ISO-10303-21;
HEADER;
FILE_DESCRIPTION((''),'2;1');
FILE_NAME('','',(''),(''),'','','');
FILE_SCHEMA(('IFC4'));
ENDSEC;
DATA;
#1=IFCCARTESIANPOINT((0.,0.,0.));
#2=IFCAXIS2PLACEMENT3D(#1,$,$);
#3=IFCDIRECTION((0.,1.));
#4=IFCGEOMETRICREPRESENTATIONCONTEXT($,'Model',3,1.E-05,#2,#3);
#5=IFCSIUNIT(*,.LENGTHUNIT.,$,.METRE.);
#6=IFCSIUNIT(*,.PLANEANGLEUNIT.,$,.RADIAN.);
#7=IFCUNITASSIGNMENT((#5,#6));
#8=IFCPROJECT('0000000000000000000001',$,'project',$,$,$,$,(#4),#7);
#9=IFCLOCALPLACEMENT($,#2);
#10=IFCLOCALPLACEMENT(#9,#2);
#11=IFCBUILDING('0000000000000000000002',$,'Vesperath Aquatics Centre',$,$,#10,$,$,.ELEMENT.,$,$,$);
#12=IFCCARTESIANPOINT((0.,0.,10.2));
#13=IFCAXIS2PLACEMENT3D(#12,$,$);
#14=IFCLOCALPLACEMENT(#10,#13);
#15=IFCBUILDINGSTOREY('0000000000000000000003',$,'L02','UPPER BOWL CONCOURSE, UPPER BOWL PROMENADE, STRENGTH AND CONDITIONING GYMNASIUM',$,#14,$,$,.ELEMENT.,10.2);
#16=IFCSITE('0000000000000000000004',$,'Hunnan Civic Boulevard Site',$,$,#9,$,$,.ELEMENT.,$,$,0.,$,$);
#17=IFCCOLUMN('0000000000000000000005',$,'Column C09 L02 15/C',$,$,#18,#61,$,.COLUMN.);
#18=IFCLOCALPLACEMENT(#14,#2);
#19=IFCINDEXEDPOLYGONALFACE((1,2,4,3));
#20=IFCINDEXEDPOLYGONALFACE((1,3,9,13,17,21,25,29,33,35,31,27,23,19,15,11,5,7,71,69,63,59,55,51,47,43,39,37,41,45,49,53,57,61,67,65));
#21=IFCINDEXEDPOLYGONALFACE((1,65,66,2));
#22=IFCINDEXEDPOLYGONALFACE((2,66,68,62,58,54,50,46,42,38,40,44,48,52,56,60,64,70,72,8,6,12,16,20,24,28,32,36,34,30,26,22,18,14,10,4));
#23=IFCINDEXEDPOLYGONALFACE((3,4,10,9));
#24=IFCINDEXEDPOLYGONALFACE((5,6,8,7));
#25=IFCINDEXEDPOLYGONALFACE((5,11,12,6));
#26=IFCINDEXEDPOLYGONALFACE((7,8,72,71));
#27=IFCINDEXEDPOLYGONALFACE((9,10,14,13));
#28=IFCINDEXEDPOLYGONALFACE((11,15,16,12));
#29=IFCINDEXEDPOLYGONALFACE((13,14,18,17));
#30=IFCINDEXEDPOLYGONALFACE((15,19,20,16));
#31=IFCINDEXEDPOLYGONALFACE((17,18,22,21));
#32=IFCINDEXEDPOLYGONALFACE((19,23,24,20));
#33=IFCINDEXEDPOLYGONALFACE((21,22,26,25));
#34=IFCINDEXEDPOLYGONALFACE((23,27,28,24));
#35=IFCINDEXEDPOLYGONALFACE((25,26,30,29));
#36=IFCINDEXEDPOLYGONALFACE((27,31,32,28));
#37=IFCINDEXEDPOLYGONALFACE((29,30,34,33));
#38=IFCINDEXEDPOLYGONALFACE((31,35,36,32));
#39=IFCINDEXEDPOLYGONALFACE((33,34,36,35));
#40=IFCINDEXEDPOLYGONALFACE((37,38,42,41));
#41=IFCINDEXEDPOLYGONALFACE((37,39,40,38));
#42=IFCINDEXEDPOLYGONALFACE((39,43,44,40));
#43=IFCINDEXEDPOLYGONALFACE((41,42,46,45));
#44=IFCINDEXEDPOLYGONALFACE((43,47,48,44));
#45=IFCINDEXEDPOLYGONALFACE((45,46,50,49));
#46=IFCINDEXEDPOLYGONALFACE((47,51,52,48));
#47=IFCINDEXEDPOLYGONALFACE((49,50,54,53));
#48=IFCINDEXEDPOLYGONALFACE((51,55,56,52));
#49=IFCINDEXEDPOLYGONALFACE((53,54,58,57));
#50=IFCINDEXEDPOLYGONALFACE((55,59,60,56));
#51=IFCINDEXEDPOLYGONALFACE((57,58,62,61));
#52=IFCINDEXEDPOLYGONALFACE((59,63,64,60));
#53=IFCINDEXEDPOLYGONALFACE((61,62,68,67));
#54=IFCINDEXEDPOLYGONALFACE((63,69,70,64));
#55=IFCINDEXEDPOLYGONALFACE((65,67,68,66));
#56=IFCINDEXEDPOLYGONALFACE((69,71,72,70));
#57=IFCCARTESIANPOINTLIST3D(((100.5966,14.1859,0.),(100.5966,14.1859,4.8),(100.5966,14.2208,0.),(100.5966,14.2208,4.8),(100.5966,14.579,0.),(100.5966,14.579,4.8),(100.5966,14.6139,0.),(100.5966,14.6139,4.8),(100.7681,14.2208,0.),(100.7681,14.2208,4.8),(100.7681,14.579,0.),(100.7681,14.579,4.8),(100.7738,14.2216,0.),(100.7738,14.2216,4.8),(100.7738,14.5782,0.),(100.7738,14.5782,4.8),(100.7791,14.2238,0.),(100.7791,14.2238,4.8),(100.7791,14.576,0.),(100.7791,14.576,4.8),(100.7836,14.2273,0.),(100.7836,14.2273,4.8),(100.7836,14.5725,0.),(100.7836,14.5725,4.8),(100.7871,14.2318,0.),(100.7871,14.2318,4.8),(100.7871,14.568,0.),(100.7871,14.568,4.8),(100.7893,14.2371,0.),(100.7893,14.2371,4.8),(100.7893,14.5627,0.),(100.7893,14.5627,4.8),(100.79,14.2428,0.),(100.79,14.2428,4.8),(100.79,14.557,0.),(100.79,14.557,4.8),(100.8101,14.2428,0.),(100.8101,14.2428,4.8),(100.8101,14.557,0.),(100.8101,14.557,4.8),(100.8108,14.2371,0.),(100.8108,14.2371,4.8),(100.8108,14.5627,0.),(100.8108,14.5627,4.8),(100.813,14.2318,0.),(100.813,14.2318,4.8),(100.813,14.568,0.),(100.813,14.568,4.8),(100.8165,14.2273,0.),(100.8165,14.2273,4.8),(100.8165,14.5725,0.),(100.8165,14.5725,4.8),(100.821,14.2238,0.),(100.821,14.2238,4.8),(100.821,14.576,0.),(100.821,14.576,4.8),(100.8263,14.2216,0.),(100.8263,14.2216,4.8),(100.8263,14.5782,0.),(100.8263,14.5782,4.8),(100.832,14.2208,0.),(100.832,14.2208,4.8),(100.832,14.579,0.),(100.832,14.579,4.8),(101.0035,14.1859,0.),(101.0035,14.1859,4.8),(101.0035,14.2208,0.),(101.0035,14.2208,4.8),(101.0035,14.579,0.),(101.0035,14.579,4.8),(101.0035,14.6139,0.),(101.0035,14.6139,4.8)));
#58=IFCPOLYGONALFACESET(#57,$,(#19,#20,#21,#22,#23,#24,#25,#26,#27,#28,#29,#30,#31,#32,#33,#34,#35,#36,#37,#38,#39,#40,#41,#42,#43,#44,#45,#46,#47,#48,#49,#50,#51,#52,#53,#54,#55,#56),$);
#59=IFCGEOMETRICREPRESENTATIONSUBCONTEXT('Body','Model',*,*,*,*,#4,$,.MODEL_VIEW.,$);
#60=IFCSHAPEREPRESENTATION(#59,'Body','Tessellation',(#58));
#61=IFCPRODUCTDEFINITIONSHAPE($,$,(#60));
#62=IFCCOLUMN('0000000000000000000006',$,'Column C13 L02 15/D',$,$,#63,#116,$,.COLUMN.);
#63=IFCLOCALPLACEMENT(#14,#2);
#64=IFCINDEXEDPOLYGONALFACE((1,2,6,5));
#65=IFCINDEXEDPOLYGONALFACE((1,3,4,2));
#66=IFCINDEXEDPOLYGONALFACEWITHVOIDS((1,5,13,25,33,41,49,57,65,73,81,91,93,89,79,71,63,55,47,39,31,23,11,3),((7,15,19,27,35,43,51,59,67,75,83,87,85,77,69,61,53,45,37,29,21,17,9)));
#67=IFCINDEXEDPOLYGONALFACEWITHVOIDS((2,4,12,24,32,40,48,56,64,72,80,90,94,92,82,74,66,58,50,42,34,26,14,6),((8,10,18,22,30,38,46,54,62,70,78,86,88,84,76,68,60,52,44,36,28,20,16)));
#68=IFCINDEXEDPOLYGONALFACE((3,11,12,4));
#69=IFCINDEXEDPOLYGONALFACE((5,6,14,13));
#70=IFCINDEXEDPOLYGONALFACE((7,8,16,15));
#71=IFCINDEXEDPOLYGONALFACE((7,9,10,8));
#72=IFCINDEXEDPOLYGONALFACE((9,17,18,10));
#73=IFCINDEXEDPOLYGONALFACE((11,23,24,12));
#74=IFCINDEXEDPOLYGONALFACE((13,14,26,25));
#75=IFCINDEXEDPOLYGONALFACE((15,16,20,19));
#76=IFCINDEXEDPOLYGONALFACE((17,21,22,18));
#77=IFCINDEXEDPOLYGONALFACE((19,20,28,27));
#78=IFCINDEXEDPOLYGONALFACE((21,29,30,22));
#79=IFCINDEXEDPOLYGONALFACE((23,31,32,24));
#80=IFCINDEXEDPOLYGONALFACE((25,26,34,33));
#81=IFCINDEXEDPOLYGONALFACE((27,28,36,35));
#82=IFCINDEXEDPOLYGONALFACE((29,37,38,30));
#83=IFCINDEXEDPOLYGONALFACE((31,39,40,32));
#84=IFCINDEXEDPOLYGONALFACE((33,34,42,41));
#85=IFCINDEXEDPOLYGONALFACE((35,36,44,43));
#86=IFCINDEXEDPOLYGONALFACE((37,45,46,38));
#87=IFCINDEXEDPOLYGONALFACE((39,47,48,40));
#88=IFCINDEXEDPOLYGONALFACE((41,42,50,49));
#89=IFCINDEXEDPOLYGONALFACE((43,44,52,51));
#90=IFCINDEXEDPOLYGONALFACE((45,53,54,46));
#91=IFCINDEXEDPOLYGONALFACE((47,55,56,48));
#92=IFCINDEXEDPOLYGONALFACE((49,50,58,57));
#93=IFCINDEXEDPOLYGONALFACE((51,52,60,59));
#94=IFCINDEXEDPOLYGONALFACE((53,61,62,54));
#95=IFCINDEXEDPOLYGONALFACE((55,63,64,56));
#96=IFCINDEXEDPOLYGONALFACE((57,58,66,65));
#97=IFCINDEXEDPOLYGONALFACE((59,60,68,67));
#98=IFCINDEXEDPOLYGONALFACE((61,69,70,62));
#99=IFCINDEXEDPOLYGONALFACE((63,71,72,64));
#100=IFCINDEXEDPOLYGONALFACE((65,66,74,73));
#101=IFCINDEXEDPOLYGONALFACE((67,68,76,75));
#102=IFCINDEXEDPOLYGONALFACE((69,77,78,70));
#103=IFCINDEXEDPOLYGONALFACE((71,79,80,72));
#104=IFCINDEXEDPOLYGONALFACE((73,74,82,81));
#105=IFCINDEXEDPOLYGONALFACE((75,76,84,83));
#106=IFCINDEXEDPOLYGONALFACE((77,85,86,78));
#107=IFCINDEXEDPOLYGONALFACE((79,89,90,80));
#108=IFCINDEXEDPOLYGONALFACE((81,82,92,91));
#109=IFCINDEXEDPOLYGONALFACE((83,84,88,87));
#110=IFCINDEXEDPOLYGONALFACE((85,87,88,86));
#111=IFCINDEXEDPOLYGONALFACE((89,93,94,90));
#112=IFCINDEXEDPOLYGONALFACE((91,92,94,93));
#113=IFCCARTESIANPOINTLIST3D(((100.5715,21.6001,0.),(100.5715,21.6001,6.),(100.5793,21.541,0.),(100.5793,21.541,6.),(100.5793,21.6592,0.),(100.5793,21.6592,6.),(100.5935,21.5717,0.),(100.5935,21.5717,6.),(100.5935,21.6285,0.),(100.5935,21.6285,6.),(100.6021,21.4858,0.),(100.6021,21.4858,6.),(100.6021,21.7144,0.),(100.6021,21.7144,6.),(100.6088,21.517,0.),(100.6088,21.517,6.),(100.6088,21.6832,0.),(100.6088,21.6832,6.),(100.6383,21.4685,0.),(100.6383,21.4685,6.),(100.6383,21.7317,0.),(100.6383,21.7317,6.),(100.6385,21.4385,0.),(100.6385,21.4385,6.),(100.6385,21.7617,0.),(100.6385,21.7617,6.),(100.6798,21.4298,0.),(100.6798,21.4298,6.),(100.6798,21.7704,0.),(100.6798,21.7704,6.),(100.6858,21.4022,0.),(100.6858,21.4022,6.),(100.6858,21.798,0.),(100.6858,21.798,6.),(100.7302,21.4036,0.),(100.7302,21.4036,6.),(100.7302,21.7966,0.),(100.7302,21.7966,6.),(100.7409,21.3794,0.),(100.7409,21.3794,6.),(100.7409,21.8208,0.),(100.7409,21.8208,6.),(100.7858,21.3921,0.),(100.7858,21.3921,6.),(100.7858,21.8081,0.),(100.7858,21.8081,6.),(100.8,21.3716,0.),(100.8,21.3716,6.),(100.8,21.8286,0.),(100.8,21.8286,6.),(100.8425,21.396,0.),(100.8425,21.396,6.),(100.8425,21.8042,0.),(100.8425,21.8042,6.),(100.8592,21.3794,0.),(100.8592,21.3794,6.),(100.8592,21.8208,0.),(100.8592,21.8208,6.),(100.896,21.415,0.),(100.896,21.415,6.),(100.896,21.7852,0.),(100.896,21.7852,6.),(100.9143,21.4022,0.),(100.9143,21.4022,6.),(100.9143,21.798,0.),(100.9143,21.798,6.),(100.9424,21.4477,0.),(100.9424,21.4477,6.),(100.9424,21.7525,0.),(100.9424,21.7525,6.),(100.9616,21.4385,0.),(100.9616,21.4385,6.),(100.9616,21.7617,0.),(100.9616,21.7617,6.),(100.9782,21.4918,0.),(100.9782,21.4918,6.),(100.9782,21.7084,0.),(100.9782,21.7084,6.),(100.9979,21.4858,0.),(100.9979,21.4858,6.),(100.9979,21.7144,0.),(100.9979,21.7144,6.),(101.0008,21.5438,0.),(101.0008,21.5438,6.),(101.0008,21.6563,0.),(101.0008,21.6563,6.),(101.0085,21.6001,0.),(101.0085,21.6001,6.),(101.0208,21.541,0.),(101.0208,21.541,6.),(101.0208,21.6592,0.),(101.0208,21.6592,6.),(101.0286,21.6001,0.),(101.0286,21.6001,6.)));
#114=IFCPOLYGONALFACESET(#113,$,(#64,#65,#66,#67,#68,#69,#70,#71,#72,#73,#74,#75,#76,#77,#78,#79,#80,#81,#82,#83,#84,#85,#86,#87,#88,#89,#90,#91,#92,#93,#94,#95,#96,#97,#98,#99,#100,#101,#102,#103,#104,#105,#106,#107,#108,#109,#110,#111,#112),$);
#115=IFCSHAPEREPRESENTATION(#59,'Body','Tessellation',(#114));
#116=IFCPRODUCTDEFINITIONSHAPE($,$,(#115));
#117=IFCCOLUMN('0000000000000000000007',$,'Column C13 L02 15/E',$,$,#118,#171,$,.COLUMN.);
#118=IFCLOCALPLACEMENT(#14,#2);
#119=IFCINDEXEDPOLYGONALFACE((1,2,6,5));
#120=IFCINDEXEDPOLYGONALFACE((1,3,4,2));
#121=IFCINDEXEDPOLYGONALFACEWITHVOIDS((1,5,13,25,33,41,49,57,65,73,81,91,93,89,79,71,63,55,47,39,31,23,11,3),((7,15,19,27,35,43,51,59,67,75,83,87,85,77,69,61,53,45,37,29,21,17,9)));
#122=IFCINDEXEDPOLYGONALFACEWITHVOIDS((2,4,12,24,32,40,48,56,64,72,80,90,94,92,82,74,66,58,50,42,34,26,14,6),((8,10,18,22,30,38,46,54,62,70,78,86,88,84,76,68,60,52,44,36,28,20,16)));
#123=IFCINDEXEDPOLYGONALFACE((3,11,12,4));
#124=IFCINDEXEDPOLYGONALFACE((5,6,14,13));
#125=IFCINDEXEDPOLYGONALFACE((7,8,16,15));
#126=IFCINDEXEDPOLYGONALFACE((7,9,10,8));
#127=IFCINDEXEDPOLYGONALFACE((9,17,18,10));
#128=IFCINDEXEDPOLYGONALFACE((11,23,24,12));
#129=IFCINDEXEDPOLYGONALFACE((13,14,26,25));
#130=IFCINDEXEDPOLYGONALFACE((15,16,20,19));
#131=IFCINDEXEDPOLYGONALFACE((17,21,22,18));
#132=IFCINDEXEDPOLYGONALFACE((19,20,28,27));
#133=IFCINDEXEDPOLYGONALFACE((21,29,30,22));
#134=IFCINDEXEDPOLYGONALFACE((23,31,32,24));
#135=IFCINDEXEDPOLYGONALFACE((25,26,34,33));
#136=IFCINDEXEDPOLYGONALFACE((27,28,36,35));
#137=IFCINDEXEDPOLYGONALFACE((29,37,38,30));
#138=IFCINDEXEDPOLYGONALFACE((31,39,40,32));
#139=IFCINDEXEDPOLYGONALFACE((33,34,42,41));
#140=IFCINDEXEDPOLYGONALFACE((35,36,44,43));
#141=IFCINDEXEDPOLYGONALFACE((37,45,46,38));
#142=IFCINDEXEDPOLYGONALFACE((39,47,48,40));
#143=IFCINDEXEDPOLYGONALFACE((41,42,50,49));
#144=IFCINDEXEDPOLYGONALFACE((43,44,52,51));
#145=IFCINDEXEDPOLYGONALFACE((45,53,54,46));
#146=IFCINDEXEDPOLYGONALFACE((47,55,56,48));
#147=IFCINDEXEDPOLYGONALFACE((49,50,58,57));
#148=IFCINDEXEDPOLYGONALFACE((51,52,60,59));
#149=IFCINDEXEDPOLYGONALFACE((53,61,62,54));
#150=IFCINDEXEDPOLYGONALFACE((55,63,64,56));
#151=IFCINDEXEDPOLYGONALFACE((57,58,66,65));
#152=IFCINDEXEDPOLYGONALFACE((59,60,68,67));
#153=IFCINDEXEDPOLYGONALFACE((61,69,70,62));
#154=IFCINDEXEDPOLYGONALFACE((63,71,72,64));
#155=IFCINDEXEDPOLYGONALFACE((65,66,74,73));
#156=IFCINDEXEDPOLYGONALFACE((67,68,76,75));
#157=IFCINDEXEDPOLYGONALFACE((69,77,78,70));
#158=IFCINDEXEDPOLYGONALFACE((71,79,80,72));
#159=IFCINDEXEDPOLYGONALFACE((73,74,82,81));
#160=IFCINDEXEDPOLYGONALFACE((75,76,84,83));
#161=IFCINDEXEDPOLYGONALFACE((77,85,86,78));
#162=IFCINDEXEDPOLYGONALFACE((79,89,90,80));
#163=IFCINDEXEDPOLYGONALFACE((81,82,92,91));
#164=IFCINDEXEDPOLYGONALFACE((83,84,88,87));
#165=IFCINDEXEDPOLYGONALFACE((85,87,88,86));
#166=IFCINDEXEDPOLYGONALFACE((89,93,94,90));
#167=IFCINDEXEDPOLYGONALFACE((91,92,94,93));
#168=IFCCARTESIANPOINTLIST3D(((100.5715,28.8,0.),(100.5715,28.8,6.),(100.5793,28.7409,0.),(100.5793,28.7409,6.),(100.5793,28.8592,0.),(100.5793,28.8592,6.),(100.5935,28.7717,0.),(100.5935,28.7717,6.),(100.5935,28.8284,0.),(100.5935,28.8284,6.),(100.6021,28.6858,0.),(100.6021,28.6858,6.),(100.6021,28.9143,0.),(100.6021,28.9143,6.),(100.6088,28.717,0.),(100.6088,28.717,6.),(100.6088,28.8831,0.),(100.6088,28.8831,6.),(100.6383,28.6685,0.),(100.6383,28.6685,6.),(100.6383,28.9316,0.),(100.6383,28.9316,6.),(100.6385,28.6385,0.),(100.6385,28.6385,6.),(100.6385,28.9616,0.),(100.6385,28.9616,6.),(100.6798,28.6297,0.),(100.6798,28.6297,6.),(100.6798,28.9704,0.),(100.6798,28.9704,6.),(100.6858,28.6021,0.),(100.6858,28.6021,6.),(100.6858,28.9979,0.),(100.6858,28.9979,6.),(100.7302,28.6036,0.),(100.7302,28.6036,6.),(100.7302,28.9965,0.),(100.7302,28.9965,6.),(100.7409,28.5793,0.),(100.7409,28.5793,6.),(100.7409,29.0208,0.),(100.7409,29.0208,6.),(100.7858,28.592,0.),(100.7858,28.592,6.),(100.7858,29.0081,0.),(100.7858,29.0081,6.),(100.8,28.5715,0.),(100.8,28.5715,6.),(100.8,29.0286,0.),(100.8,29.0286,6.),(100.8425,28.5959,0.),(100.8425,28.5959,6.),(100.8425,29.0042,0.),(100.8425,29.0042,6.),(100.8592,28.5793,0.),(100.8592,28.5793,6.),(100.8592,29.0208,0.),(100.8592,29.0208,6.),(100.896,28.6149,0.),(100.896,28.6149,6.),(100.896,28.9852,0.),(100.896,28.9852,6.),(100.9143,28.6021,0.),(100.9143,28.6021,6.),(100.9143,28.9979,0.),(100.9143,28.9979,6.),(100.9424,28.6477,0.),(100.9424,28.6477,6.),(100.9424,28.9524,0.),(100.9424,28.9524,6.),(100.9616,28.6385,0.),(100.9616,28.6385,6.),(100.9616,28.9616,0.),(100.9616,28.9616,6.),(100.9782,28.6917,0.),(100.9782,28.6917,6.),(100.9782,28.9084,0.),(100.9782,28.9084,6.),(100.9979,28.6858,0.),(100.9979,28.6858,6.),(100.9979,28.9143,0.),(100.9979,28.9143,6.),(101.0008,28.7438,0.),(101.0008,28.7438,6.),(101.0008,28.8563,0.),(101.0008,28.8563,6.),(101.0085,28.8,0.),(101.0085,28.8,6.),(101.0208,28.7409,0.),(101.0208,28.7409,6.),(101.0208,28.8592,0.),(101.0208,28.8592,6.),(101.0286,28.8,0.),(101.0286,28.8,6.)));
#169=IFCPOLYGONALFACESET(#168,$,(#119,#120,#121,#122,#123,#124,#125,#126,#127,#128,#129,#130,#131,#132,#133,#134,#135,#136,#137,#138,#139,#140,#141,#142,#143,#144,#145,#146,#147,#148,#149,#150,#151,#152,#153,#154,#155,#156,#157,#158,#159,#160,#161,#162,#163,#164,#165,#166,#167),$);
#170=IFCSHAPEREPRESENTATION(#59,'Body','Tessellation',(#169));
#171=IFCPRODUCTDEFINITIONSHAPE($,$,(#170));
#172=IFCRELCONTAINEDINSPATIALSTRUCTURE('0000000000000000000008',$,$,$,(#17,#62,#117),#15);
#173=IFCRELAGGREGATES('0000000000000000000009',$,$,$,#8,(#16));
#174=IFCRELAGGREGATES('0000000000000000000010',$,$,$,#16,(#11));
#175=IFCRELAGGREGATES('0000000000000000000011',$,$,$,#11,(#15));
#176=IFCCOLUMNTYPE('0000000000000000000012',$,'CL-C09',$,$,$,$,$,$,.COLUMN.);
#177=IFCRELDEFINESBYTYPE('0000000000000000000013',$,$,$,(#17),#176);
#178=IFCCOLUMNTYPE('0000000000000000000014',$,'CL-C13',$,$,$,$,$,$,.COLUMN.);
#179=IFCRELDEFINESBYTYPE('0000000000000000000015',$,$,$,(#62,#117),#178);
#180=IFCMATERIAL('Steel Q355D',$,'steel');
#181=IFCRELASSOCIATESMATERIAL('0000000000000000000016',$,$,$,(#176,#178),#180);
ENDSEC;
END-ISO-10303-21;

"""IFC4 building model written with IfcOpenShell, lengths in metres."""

from ifc_helpers import new_model, si_unit, direction, frame, origin, origin_2d, place, context, subcontext, project, spatial, hollow_circle, i_section, extrude, material, material_profile, profile_set, type_object, element, save


model = new_model("IFC4")

# Units and contexts
model_context = context("Model", 3, precision=1e-05, world=origin(), true_north=direction((0.0, 1.0)))
body_context = subcontext(model_context, "Body", "Model", "MODEL_VIEW")
ifc_project = project(units=[si_unit("LENGTHUNIT", "METRE"), si_unit("PLANEANGLEUNIT", "RADIAN")], contexts=[model_context])

# Site, building, storey
site_placement = place(None, origin())
site = spatial("IfcSite", under=ifc_project, at=site_placement, Name="Hunnan Civic Boulevard Site", CompositionType="ELEMENT", RefElevation=0.0)
building_placement = place(site_placement, origin())
building = spatial("IfcBuilding", under=site, at=building_placement, Name="Vesperath Aquatics Centre", CompositionType="ELEMENT")
storey_placement = place(building_placement, frame((0.0, 0.0, 10.2)))
storey = spatial("IfcBuildingStorey", under=building, at=storey_placement, Name="L02", Description="UPPER BOWL CONCOURSE, UPPER BOWL PROMENADE, STRENGTH AND CONDITIONING GYMNASIUM", CompositionType="ELEMENT", Elevation=10.2)

# Columns
ifc_material_1 = material(Name="Steel Q355D", Category="steel")
ifc_material_profile_1 = material_profile(ifc_material_1, i_section(OverallWidth=0.407, OverallDepth=0.428, WebThickness=0.02, FlangeThickness=0.0349, FilletRadius=0.022, at=origin_2d()), Name="HW 428x407x20x35")
ifc_profile_set_1 = profile_set([ifc_material_profile_1], Name="Steel Q355D")
column_type_1 = type_object("IfcColumnType", Name="CL-C09", PredefinedType="COLUMN", material=ifc_profile_set_1)
column_placement = place(storey_placement, frame((100.8, 14.3999, 0.0), z_axis=(0.0, 0.0, 1.0), x_axis=(1.0, 0.0, 0.0)))
element("IfcColumn", 1, at=column_placement, inside=storey, type_object=column_type_1, Name="Column C09 L02 15/C", PredefinedType="COLUMN", context=body_context, shape_type="SweptSolid", body=[
    extrude(i_section(OverallWidth=0.407, OverallDepth=0.428, WebThickness=0.02, FlangeThickness=0.0349, FilletRadius=0.022, at=origin_2d()), origin(), (0.0, 0.0, 1.0), 4.8),
])
ifc_material_profile_2 = material_profile(ifc_material_1, hollow_circle(Radius=0.2285, WallThickness=0.02, at=origin_2d()), Name="CHS 457.0x20")
ifc_profile_set_2 = profile_set([ifc_material_profile_2], Name="Steel Q355D")
column_type_2 = type_object("IfcColumnType", Name="CL-C13", PredefinedType="COLUMN", material=ifc_profile_set_2)
for number, where, z_axis, x_axis, name in (
    (2, (100.8, 21.6001, 0.0), (0.0, 0.0, 1.0), (1.0, 0.0, 0.0), "Column C13 L02 15/D"),
    (3, (100.8, 28.8, 0.0), (0.0, 0.0, 1.0), (1.0, 0.0, 0.0), "Column C13 L02 15/E"),
):
    element("IfcColumn", number, at=place(storey_placement, frame(where, z_axis=z_axis, x_axis=x_axis)), inside=storey, type_object=column_type_2, Name=name, PredefinedType="COLUMN", context=body_context, shape_type="SweptSolid", body=[
        extrude(hollow_circle(Radius=0.2285, WallThickness=0.02, at=origin_2d()), origin(), (0.0, 0.0, 1.0), 6.0),
    ])

save(model, "model.ifc")
